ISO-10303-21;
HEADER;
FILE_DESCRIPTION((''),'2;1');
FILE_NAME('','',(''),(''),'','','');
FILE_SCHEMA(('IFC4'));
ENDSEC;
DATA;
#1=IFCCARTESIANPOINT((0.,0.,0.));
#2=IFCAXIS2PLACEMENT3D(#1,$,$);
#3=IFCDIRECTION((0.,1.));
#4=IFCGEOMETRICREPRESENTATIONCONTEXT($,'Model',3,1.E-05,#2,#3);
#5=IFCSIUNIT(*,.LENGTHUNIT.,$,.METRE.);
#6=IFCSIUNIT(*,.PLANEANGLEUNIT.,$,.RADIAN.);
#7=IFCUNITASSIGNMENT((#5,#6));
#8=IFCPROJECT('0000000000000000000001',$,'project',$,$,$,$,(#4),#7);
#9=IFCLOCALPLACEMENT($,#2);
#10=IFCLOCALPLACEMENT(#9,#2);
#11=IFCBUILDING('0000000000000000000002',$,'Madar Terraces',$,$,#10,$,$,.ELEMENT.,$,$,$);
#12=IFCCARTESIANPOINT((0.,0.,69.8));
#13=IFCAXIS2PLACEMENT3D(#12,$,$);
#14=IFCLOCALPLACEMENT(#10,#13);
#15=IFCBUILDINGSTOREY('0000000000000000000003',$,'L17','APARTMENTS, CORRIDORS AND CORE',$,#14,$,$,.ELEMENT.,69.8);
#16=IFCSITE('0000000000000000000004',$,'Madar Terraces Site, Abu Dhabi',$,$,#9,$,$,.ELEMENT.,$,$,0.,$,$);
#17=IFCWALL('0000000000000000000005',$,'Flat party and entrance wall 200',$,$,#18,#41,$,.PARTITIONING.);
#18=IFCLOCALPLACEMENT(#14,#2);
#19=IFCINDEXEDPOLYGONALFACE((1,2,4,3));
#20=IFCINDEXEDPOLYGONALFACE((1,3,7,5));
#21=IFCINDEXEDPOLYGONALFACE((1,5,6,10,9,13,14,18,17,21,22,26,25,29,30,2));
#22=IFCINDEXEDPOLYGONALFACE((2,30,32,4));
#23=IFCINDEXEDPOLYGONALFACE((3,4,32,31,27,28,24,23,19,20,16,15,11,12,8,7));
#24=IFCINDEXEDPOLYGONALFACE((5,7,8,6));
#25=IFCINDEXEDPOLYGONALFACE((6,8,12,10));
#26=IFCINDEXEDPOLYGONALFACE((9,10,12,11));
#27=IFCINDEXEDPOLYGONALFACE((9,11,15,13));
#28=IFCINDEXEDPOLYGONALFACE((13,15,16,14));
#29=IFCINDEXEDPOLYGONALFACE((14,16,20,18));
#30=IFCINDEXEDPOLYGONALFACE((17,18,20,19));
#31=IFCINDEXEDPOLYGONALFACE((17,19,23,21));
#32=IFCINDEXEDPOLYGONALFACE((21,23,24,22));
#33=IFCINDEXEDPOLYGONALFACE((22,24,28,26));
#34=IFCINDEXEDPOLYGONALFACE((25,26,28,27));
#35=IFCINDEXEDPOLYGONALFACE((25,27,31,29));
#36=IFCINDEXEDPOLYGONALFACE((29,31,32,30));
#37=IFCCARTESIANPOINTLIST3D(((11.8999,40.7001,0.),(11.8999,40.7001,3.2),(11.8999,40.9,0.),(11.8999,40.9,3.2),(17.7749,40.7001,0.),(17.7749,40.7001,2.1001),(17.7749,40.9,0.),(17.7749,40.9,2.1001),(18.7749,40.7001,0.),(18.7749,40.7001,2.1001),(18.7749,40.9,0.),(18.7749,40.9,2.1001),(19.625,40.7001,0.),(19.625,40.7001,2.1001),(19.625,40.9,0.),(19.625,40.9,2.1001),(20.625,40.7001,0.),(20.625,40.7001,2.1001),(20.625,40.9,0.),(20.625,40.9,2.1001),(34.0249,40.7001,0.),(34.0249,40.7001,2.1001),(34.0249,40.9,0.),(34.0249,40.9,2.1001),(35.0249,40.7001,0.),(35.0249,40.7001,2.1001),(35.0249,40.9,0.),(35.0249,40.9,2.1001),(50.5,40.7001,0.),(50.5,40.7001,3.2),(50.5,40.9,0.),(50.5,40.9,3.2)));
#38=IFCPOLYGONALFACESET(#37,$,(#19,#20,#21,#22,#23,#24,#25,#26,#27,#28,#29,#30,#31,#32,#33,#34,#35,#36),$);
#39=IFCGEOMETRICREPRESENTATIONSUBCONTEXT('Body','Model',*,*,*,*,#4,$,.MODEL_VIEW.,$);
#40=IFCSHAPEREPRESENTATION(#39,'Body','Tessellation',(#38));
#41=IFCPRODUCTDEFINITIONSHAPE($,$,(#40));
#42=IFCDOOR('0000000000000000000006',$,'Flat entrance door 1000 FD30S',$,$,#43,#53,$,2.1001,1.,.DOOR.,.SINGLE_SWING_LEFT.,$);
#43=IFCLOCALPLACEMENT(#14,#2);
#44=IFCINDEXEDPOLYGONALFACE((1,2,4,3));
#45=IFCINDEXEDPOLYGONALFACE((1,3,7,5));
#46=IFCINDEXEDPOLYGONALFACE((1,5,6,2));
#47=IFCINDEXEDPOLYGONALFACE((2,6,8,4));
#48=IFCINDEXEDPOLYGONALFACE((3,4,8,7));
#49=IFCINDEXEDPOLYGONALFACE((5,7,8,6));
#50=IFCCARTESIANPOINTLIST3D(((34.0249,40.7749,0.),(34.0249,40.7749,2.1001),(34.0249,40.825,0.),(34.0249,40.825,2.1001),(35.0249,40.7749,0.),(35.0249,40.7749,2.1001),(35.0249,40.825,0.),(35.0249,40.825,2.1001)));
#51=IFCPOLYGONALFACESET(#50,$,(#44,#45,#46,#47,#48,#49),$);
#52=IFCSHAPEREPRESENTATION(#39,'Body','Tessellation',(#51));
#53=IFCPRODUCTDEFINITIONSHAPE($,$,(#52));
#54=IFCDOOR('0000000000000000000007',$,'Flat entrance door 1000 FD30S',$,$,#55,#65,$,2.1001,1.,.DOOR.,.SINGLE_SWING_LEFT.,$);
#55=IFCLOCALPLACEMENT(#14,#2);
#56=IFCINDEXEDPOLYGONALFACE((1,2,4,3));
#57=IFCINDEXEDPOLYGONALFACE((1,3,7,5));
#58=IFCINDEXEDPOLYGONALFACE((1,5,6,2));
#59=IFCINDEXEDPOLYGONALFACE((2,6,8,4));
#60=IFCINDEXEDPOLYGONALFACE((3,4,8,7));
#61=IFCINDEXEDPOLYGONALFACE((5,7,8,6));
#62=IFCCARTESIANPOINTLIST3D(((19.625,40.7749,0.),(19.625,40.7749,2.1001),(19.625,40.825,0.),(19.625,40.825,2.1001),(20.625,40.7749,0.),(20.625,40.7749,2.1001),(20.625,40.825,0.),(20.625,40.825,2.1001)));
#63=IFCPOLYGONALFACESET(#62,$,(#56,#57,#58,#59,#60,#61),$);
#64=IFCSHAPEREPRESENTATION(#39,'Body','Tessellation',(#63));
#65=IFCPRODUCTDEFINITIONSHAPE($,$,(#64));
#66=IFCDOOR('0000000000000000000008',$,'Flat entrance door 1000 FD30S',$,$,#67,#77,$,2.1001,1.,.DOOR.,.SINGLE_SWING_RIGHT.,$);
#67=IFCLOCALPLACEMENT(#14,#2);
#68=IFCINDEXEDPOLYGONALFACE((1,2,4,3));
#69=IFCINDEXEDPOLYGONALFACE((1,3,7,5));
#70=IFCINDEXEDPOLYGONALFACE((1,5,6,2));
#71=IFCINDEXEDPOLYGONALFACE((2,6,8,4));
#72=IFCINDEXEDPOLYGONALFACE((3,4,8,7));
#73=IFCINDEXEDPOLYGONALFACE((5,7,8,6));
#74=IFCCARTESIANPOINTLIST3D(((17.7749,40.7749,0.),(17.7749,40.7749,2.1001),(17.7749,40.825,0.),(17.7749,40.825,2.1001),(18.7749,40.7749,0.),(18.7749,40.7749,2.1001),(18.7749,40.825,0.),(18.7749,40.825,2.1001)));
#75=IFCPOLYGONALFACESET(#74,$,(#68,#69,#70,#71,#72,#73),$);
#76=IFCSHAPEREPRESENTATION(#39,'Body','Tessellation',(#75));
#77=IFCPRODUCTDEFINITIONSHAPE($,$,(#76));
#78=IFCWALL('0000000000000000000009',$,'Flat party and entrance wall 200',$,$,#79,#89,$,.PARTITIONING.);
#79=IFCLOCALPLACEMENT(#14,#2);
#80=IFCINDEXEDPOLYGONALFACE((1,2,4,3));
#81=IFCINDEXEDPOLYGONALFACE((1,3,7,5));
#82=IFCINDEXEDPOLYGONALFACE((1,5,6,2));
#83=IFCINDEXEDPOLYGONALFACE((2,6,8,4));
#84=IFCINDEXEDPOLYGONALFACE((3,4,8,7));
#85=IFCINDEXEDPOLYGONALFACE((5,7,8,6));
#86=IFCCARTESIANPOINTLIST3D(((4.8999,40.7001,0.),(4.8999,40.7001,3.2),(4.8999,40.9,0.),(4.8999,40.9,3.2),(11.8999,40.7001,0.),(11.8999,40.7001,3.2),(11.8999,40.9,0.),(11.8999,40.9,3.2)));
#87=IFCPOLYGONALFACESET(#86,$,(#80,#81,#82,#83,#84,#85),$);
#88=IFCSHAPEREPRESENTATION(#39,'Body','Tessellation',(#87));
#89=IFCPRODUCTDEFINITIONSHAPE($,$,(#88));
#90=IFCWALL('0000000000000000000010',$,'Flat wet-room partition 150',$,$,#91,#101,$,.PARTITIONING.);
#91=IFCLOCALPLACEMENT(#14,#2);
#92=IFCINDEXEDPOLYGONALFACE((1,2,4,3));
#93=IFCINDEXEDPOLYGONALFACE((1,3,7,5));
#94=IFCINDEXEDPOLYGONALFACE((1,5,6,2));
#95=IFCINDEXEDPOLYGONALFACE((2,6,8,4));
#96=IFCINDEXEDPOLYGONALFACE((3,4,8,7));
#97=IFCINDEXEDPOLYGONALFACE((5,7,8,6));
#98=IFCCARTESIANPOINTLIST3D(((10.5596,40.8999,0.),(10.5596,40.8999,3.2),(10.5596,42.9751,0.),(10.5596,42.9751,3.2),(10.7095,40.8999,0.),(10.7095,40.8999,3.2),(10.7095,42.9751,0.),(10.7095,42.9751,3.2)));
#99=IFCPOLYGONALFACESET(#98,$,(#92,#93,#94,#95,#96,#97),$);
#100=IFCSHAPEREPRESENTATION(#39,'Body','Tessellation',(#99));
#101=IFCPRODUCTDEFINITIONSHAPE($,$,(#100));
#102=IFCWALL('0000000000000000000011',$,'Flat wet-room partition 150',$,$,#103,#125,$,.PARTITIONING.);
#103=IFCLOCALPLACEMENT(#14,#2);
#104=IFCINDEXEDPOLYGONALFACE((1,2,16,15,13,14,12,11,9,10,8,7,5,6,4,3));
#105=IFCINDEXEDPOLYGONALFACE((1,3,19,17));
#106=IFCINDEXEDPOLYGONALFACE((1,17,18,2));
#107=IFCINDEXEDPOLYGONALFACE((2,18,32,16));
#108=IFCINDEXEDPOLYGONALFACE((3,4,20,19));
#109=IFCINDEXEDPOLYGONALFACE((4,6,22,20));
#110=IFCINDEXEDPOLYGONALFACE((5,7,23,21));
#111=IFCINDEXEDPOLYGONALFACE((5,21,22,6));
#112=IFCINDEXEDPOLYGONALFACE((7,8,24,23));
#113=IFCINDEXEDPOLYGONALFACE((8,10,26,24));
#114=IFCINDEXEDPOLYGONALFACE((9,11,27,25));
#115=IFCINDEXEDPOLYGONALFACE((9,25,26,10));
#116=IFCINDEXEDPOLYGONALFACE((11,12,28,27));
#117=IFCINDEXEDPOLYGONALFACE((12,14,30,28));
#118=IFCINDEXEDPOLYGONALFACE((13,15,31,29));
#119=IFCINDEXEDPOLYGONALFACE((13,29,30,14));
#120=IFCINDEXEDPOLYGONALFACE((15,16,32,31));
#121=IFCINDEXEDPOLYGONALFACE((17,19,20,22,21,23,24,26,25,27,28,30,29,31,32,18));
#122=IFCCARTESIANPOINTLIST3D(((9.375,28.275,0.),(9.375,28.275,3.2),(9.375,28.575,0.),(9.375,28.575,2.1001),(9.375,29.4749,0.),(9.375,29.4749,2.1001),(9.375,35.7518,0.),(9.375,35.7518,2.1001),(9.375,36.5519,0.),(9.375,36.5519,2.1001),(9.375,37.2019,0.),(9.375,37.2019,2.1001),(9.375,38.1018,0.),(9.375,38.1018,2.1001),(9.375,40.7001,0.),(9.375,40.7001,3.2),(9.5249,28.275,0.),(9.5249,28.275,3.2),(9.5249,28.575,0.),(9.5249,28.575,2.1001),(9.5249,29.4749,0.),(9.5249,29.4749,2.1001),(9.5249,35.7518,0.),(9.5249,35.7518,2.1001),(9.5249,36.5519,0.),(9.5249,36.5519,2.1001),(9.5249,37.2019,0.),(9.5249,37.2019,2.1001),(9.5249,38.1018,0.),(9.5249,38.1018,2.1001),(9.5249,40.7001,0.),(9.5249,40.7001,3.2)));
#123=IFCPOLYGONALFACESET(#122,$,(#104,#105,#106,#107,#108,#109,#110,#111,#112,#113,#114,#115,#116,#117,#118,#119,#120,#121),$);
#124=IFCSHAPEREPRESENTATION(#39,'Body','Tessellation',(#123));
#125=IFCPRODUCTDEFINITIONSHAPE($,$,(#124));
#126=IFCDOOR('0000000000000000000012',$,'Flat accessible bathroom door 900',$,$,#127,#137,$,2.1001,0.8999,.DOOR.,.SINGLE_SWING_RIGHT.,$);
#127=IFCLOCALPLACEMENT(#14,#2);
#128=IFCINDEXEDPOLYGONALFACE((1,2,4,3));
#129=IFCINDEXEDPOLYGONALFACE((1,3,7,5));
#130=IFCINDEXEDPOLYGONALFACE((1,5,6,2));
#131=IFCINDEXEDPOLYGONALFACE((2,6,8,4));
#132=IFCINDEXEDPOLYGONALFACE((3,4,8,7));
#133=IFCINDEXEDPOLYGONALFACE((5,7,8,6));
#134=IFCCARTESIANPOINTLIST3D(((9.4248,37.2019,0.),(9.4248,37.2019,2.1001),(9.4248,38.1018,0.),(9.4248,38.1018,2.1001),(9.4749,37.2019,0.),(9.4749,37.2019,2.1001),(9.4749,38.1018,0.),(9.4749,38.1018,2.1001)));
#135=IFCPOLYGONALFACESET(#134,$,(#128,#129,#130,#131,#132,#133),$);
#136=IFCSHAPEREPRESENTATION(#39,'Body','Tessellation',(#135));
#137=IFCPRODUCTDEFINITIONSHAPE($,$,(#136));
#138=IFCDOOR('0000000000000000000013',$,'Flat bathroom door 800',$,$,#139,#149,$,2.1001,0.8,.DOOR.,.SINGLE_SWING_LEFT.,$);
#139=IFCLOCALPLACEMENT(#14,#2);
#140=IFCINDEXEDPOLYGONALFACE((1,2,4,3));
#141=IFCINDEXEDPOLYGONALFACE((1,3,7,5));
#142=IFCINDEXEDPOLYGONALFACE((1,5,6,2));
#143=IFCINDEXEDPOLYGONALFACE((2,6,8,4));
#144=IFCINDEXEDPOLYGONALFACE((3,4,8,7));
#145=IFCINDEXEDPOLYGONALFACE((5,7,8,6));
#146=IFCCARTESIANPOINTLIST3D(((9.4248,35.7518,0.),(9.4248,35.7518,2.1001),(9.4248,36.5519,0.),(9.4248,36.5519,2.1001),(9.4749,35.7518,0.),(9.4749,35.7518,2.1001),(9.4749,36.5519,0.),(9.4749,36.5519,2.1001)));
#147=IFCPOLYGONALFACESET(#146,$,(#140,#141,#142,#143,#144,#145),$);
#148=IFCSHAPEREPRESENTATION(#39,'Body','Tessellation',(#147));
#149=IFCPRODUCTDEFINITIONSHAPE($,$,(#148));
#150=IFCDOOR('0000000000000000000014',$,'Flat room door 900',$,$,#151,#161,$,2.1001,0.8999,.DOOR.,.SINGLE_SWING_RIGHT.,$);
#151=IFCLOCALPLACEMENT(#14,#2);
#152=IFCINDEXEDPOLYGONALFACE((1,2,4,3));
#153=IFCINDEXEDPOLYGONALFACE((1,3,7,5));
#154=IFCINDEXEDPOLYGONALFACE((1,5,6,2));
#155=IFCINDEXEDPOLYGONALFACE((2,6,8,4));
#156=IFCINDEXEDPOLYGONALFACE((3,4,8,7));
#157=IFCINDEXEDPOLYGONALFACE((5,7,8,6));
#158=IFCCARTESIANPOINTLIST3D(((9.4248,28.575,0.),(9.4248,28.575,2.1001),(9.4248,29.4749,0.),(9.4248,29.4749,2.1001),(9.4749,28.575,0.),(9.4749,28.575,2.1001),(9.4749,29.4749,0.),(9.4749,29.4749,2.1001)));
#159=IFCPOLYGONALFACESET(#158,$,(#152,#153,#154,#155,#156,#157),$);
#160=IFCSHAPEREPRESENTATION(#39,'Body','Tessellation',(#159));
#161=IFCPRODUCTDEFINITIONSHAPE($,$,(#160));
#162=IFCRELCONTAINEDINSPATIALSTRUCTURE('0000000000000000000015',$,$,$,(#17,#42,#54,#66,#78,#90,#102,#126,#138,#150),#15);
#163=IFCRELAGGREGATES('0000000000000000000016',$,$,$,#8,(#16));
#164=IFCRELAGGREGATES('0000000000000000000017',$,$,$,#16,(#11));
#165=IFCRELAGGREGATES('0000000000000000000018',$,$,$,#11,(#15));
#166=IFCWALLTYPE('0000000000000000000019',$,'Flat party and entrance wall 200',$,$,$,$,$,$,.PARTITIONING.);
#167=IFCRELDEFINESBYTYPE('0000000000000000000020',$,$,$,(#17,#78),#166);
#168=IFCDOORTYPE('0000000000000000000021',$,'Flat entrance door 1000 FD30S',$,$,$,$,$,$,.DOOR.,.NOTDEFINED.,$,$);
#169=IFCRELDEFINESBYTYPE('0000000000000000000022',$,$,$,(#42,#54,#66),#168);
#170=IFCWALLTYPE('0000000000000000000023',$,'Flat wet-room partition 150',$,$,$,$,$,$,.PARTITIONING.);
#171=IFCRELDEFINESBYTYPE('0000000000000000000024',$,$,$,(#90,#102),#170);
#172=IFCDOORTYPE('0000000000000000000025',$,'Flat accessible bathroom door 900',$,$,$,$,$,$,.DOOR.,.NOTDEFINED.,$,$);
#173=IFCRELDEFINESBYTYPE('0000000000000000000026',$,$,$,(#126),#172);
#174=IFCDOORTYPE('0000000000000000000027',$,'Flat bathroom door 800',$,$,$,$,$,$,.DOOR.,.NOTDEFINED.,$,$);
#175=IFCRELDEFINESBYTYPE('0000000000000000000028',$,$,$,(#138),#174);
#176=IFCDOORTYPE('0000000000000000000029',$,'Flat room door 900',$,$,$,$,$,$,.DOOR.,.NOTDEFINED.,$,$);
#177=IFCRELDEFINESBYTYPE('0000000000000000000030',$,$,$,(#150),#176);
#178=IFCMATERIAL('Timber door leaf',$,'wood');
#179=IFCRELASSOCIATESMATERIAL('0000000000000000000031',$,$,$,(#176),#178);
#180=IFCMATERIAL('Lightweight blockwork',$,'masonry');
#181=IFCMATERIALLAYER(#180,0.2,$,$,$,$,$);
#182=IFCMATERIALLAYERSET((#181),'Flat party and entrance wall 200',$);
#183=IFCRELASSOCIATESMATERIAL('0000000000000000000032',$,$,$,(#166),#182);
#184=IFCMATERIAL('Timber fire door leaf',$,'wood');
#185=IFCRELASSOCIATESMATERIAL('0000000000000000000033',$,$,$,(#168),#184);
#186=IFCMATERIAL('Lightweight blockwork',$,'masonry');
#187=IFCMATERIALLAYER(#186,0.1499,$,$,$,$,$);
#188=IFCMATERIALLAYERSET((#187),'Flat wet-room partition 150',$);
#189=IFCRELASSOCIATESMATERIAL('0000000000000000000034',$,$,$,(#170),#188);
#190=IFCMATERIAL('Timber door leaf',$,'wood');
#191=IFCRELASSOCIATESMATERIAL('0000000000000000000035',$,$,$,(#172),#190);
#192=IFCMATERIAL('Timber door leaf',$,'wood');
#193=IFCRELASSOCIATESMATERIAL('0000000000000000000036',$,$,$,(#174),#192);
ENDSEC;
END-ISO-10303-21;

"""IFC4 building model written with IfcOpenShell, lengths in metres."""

from ifc_helpers import new_model, si_unit, direction, frame, frame_2d, origin, place, context, subcontext, project, spatial, rectangle, extrude, material, layer, layer_set, type_object, element, fill, save


model = new_model("IFC4")

# Units and contexts
model_context = context("Model", 3, precision=1e-05, world=origin(), true_north=direction((0.0, 1.0)))
body_context = subcontext(model_context, "Body", "Model", "MODEL_VIEW")
ifc_project = project(units=[si_unit("LENGTHUNIT", "METRE"), si_unit("PLANEANGLEUNIT", "RADIAN")], contexts=[model_context])

# Site, building, storey
site_placement = place(None, origin())
site = spatial("IfcSite", under=ifc_project, at=site_placement, Name="Madar Terraces Site, Abu Dhabi", CompositionType="ELEMENT", RefElevation=0.0)
building_placement = place(site_placement, origin())
building = spatial("IfcBuilding", under=site, at=building_placement, Name="Madar Terraces", CompositionType="ELEMENT")
storey_placement = place(building_placement, frame((0.0, 0.0, 69.8)))
storey = spatial("IfcBuildingStorey", under=building, at=storey_placement, Name="L17", Description="APARTMENTS, CORRIDORS AND CORE", CompositionType="ELEMENT", Elevation=69.8)

# Wall, openings, doors
ifc_material_1 = material(Name="Timber door leaf", Category="wood")
door_type_1 = type_object("IfcDoorType", Name="Flat room door 900", OperationType="NOTDEFINED", PredefinedType="DOOR", material=ifc_material_1)
ifc_material_2 = material(Name="Lightweight blockwork", Category="masonry")
ifc_layer_1 = layer(ifc_material_2, 0.2)
ifc_layer_set_1 = layer_set([ifc_layer_1], Name="Flat party and entrance wall 200")
wall_type_1 = type_object("IfcWallType", Name="Flat party and entrance wall 200", PredefinedType="PARTITIONING", material=ifc_layer_set_1)
wall_1_placement = place(storey_placement, frame((11.8999, 40.8, 0.0), z_axis=(0.0, 0.0, 1.0), x_axis=(1.0, 0.0, 0.0)))
wall_1 = element("IfcWall", 1, at=wall_1_placement, inside=storey, type_object=wall_type_1, Name="Flat party and entrance wall 200", PredefinedType="PARTITIONING", context=body_context, shape_type="SweptSolid", body=[
    extrude(rectangle(XDim=38.6001, YDim=0.2, at=frame_2d((19.3, 0.0))), origin(), (0.0, 0.0, 1.0), 3.2),
])
opening_1_placement = place(wall_1_placement, frame((22.125, 0.0, 0.0)))
opening_1 = element("IfcOpeningElement", 2, at=opening_1_placement, cuts=wall_1, PredefinedType="OPENING", context=body_context, shape_type="SweptSolid", body=[
    extrude(rectangle(XDim=1.0, YDim=2.1001, at=frame_2d((0.5, 1.05))), frame((0.0, 0.1099, 0.0), z_axis=(0.0, -1.0, 0.0), x_axis=(1.0, 0.0, 0.0)), (0.0, 0.0, 1.0), 0.22),
])
opening_2_placement = place(wall_1_placement, frame((7.7251, 0.0, 0.0)))
opening_2 = element("IfcOpeningElement", 3, at=opening_2_placement, cuts=wall_1, PredefinedType="OPENING", context=body_context, shape_type="SweptSolid", body=[
    extrude(rectangle(XDim=1.0, YDim=2.1001, at=frame_2d((0.5, 1.05))), frame((0.0, 0.1099, 0.0), z_axis=(0.0, -1.0, 0.0), x_axis=(1.0, 0.0, 0.0)), (0.0, 0.0, 1.0), 0.22),
])
opening_3_placement = place(wall_1_placement, frame((5.875, 0.0, 0.0)))
opening_3 = element("IfcOpeningElement", 4, at=opening_3_placement, cuts=wall_1, PredefinedType="OPENING", context=body_context, shape_type="SweptSolid", body=[
    extrude(rectangle(XDim=1.0, YDim=2.1001, at=frame_2d((0.5, 1.05))), frame((0.0, 0.1099, 0.0), z_axis=(0.0, -1.0, 0.0), x_axis=(1.0, 0.0, 0.0)), (0.0, 0.0, 1.0), 0.22),
])
ifc_material_3 = material(Name="Timber fire door leaf", Category="wood")
door_type_2 = type_object("IfcDoorType", Name="Flat entrance door 1000 FD30S", OperationType="NOTDEFINED", PredefinedType="DOOR", material=ifc_material_3)
door_1_placement = place(opening_1_placement, origin())
door_1 = element("IfcDoor", 5, at=door_1_placement, inside=storey, type_object=door_type_2, Name="Flat entrance door 1000 FD30S", OperationType="SINGLE_SWING_LEFT", OverallHeight=2.1001, OverallWidth=1.0, PredefinedType="DOOR", context=body_context, shape_type="SweptSolid", body=[
    extrude(rectangle(XDim=1.0, YDim=2.1001, at=frame_2d((0.5, 1.05))), frame((0.0, 0.0249, 0.0), z_axis=(0.0, -1.0, 0.0), x_axis=(1.0, 0.0, 0.0)), (0.0, 0.0, 1.0), 0.05),
])
fill(opening_1, door_1)
door_2_placement = place(opening_2_placement, origin())
door_2 = element("IfcDoor", 6, at=door_2_placement, inside=storey, type_object=door_type_2, Name="Flat entrance door 1000 FD30S", OperationType="SINGLE_SWING_LEFT", OverallHeight=2.1001, OverallWidth=1.0, PredefinedType="DOOR", context=body_context, shape_type="SweptSolid", body=[
    extrude(rectangle(XDim=1.0, YDim=2.1001, at=frame_2d((0.5, 1.05))), frame((0.0, 0.0249, 0.0), z_axis=(0.0, -1.0, 0.0), x_axis=(1.0, 0.0, 0.0)), (0.0, 0.0, 1.0), 0.05),
])
fill(opening_2, door_2)
door_3_placement = place(opening_3_placement, origin())
door_3 = element("IfcDoor", 7, at=door_3_placement, inside=storey, type_object=door_type_2, Name="Flat entrance door 1000 FD30S", OperationType="SINGLE_SWING_RIGHT", OverallHeight=2.1001, OverallWidth=1.0, PredefinedType="DOOR", context=body_context, shape_type="SweptSolid", body=[
    extrude(rectangle(XDim=1.0, YDim=2.1001, at=frame_2d((0.5, 1.05))), frame((0.0, 0.0249, 0.0), z_axis=(0.0, -1.0, 0.0), x_axis=(1.0, 0.0, 0.0)), (0.0, 0.0, 1.0), 0.05),
])
fill(opening_3, door_3)

# Walls
wall_2_placement = place(storey_placement, frame((4.8999, 40.8, 0.0), z_axis=(0.0, 0.0, 1.0), x_axis=(1.0, 0.0, 0.0)))
element("IfcWall", 8, at=wall_2_placement, inside=storey, type_object=wall_type_1, Name="Flat party and entrance wall 200", PredefinedType="PARTITIONING", context=body_context, shape_type="SweptSolid", body=[
    extrude(rectangle(XDim=7.0, YDim=0.2, at=frame_2d((3.5, 0.0))), origin(), (0.0, 0.0, 1.0), 3.2),
])
ifc_material_4 = material(Name="Lightweight blockwork", Category="masonry")
ifc_layer_2 = layer(ifc_material_4, 0.1499)
ifc_layer_set_2 = layer_set([ifc_layer_2], Name="Flat wet-room partition 150")
wall_type_2 = type_object("IfcWallType", Name="Flat wet-room partition 150", PredefinedType="PARTITIONING", material=ifc_layer_set_2)
wall_3_placement = place(storey_placement, frame((10.6345, 40.8999, 0.0), z_axis=(0.0, 0.0, 1.0), x_axis=(0.0, 1.0, 0.0)))
element("IfcWall", 9, at=wall_3_placement, inside=storey, type_object=wall_type_2, Name="Flat wet-room partition 150", PredefinedType="PARTITIONING", context=body_context, shape_type="SweptSolid", body=[
    extrude(rectangle(XDim=2.0752, YDim=0.1499, at=frame_2d((1.0376, 0.0))), origin(), (0.0, 0.0, 1.0), 3.2),
])

# Wall, openings, doors
wall_4_placement = place(storey_placement, frame((9.45, 40.7, 0.0), z_axis=(0.0, 0.0, 1.0), x_axis=(0.0, -1.0, 0.0)))
wall_4 = element("IfcWall", 10, at=wall_4_placement, inside=storey, type_object=wall_type_2, Name="Flat wet-room partition 150", PredefinedType="PARTITIONING", context=body_context, shape_type="SweptSolid", body=[
    extrude(rectangle(XDim=12.425, YDim=0.1499, at=frame_2d((6.2124, 0.0))), origin(), (0.0, 0.0, 1.0), 3.2),
])
opening_4_placement = place(wall_4_placement, frame((11.2251, 0.0, 0.0)))
opening_4 = element("IfcOpeningElement", 11, at=opening_4_placement, cuts=wall_4, PredefinedType="OPENING", context=body_context, shape_type="SweptSolid", body=[
    extrude(rectangle(XDim=0.8999, YDim=2.1001, at=frame_2d((0.45, 1.05))), frame((0.0, 0.085, 0.0), z_axis=(0.0, -1.0, 0.0), x_axis=(1.0, 0.0, 0.0)), (0.0, 0.0, 1.0), 0.1699),
])
opening_5_placement = place(wall_4_placement, frame((4.1482, 0.0, 0.0)))
opening_5 = element("IfcOpeningElement", 12, at=opening_5_placement, cuts=wall_4, PredefinedType="OPENING", context=body_context, shape_type="SweptSolid", body=[
    extrude(rectangle(XDim=0.8, YDim=2.1001, at=frame_2d((0.3999, 1.05))), frame((0.0, 0.085, 0.0), z_axis=(0.0, -1.0, 0.0), x_axis=(1.0, 0.0, 0.0)), (0.0, 0.0, 1.0), 0.1699),
])
opening_6_placement = place(wall_4_placement, frame((2.5981, 0.0, 0.0)))
opening_6 = element("IfcOpeningElement", 13, at=opening_6_placement, cuts=wall_4, PredefinedType="OPENING", context=body_context, shape_type="SweptSolid", body=[
    extrude(rectangle(XDim=0.8999, YDim=2.1001, at=frame_2d((0.45, 1.05))), frame((0.0, 0.085, 0.0), z_axis=(0.0, -1.0, 0.0), x_axis=(1.0, 0.0, 0.0)), (0.0, 0.0, 1.0), 0.1699),
])
ifc_material_5 = material(Name="Timber door leaf", Category="wood")
door_type_3 = type_object("IfcDoorType", Name="Flat accessible bathroom door 900", OperationType="NOTDEFINED", PredefinedType="DOOR", material=ifc_material_5)
door_4_placement = place(opening_6_placement, origin())
door_4 = element("IfcDoor", 14, at=door_4_placement, inside=storey, type_object=door_type_3, Name="Flat accessible bathroom door 900", OperationType="SINGLE_SWING_RIGHT", OverallHeight=2.1001, OverallWidth=0.8999, PredefinedType="DOOR", context=body_context, shape_type="SweptSolid", body=[
    extrude(rectangle(XDim=0.8999, YDim=2.1001, at=frame_2d((0.45, 1.05))), frame((0.0, 0.0249, 0.0), z_axis=(0.0, -1.0, 0.0), x_axis=(1.0, 0.0, 0.0)), (0.0, 0.0, 1.0), 0.05),
])
fill(opening_6, door_4)
ifc_material_6 = material(Name="Timber door leaf", Category="wood")
door_type_4 = type_object("IfcDoorType", Name="Flat bathroom door 800", OperationType="NOTDEFINED", PredefinedType="DOOR", material=ifc_material_6)
door_5_placement = place(opening_5_placement, origin())
door_5 = element("IfcDoor", 15, at=door_5_placement, inside=storey, type_object=door_type_4, Name="Flat bathroom door 800", OperationType="SINGLE_SWING_LEFT", OverallHeight=2.1001, OverallWidth=0.8, PredefinedType="DOOR", context=body_context, shape_type="SweptSolid", body=[
    extrude(rectangle(XDim=0.8, YDim=2.1001, at=frame_2d((0.3999, 1.05))), frame((0.0, 0.0249, 0.0), z_axis=(0.0, -1.0, 0.0), x_axis=(1.0, 0.0, 0.0)), (0.0, 0.0, 1.0), 0.05),
])
fill(opening_5, door_5)
door_6_placement = place(opening_4_placement, origin())
door_6 = element("IfcDoor", 16, at=door_6_placement, inside=storey, type_object=door_type_1, Name="Flat room door 900", OperationType="SINGLE_SWING_RIGHT", OverallHeight=2.1001, OverallWidth=0.8999, PredefinedType="DOOR", context=body_context, shape_type="SweptSolid", body=[
    extrude(rectangle(XDim=0.8999, YDim=2.1001, at=frame_2d((0.45, 1.05))), frame((0.0, 0.0249, 0.0), z_axis=(0.0, -1.0, 0.0), x_axis=(1.0, 0.0, 0.0)), (0.0, 0.0, 1.0), 0.05),
])
fill(opening_4, door_6)

save(model, "model.ifc")
